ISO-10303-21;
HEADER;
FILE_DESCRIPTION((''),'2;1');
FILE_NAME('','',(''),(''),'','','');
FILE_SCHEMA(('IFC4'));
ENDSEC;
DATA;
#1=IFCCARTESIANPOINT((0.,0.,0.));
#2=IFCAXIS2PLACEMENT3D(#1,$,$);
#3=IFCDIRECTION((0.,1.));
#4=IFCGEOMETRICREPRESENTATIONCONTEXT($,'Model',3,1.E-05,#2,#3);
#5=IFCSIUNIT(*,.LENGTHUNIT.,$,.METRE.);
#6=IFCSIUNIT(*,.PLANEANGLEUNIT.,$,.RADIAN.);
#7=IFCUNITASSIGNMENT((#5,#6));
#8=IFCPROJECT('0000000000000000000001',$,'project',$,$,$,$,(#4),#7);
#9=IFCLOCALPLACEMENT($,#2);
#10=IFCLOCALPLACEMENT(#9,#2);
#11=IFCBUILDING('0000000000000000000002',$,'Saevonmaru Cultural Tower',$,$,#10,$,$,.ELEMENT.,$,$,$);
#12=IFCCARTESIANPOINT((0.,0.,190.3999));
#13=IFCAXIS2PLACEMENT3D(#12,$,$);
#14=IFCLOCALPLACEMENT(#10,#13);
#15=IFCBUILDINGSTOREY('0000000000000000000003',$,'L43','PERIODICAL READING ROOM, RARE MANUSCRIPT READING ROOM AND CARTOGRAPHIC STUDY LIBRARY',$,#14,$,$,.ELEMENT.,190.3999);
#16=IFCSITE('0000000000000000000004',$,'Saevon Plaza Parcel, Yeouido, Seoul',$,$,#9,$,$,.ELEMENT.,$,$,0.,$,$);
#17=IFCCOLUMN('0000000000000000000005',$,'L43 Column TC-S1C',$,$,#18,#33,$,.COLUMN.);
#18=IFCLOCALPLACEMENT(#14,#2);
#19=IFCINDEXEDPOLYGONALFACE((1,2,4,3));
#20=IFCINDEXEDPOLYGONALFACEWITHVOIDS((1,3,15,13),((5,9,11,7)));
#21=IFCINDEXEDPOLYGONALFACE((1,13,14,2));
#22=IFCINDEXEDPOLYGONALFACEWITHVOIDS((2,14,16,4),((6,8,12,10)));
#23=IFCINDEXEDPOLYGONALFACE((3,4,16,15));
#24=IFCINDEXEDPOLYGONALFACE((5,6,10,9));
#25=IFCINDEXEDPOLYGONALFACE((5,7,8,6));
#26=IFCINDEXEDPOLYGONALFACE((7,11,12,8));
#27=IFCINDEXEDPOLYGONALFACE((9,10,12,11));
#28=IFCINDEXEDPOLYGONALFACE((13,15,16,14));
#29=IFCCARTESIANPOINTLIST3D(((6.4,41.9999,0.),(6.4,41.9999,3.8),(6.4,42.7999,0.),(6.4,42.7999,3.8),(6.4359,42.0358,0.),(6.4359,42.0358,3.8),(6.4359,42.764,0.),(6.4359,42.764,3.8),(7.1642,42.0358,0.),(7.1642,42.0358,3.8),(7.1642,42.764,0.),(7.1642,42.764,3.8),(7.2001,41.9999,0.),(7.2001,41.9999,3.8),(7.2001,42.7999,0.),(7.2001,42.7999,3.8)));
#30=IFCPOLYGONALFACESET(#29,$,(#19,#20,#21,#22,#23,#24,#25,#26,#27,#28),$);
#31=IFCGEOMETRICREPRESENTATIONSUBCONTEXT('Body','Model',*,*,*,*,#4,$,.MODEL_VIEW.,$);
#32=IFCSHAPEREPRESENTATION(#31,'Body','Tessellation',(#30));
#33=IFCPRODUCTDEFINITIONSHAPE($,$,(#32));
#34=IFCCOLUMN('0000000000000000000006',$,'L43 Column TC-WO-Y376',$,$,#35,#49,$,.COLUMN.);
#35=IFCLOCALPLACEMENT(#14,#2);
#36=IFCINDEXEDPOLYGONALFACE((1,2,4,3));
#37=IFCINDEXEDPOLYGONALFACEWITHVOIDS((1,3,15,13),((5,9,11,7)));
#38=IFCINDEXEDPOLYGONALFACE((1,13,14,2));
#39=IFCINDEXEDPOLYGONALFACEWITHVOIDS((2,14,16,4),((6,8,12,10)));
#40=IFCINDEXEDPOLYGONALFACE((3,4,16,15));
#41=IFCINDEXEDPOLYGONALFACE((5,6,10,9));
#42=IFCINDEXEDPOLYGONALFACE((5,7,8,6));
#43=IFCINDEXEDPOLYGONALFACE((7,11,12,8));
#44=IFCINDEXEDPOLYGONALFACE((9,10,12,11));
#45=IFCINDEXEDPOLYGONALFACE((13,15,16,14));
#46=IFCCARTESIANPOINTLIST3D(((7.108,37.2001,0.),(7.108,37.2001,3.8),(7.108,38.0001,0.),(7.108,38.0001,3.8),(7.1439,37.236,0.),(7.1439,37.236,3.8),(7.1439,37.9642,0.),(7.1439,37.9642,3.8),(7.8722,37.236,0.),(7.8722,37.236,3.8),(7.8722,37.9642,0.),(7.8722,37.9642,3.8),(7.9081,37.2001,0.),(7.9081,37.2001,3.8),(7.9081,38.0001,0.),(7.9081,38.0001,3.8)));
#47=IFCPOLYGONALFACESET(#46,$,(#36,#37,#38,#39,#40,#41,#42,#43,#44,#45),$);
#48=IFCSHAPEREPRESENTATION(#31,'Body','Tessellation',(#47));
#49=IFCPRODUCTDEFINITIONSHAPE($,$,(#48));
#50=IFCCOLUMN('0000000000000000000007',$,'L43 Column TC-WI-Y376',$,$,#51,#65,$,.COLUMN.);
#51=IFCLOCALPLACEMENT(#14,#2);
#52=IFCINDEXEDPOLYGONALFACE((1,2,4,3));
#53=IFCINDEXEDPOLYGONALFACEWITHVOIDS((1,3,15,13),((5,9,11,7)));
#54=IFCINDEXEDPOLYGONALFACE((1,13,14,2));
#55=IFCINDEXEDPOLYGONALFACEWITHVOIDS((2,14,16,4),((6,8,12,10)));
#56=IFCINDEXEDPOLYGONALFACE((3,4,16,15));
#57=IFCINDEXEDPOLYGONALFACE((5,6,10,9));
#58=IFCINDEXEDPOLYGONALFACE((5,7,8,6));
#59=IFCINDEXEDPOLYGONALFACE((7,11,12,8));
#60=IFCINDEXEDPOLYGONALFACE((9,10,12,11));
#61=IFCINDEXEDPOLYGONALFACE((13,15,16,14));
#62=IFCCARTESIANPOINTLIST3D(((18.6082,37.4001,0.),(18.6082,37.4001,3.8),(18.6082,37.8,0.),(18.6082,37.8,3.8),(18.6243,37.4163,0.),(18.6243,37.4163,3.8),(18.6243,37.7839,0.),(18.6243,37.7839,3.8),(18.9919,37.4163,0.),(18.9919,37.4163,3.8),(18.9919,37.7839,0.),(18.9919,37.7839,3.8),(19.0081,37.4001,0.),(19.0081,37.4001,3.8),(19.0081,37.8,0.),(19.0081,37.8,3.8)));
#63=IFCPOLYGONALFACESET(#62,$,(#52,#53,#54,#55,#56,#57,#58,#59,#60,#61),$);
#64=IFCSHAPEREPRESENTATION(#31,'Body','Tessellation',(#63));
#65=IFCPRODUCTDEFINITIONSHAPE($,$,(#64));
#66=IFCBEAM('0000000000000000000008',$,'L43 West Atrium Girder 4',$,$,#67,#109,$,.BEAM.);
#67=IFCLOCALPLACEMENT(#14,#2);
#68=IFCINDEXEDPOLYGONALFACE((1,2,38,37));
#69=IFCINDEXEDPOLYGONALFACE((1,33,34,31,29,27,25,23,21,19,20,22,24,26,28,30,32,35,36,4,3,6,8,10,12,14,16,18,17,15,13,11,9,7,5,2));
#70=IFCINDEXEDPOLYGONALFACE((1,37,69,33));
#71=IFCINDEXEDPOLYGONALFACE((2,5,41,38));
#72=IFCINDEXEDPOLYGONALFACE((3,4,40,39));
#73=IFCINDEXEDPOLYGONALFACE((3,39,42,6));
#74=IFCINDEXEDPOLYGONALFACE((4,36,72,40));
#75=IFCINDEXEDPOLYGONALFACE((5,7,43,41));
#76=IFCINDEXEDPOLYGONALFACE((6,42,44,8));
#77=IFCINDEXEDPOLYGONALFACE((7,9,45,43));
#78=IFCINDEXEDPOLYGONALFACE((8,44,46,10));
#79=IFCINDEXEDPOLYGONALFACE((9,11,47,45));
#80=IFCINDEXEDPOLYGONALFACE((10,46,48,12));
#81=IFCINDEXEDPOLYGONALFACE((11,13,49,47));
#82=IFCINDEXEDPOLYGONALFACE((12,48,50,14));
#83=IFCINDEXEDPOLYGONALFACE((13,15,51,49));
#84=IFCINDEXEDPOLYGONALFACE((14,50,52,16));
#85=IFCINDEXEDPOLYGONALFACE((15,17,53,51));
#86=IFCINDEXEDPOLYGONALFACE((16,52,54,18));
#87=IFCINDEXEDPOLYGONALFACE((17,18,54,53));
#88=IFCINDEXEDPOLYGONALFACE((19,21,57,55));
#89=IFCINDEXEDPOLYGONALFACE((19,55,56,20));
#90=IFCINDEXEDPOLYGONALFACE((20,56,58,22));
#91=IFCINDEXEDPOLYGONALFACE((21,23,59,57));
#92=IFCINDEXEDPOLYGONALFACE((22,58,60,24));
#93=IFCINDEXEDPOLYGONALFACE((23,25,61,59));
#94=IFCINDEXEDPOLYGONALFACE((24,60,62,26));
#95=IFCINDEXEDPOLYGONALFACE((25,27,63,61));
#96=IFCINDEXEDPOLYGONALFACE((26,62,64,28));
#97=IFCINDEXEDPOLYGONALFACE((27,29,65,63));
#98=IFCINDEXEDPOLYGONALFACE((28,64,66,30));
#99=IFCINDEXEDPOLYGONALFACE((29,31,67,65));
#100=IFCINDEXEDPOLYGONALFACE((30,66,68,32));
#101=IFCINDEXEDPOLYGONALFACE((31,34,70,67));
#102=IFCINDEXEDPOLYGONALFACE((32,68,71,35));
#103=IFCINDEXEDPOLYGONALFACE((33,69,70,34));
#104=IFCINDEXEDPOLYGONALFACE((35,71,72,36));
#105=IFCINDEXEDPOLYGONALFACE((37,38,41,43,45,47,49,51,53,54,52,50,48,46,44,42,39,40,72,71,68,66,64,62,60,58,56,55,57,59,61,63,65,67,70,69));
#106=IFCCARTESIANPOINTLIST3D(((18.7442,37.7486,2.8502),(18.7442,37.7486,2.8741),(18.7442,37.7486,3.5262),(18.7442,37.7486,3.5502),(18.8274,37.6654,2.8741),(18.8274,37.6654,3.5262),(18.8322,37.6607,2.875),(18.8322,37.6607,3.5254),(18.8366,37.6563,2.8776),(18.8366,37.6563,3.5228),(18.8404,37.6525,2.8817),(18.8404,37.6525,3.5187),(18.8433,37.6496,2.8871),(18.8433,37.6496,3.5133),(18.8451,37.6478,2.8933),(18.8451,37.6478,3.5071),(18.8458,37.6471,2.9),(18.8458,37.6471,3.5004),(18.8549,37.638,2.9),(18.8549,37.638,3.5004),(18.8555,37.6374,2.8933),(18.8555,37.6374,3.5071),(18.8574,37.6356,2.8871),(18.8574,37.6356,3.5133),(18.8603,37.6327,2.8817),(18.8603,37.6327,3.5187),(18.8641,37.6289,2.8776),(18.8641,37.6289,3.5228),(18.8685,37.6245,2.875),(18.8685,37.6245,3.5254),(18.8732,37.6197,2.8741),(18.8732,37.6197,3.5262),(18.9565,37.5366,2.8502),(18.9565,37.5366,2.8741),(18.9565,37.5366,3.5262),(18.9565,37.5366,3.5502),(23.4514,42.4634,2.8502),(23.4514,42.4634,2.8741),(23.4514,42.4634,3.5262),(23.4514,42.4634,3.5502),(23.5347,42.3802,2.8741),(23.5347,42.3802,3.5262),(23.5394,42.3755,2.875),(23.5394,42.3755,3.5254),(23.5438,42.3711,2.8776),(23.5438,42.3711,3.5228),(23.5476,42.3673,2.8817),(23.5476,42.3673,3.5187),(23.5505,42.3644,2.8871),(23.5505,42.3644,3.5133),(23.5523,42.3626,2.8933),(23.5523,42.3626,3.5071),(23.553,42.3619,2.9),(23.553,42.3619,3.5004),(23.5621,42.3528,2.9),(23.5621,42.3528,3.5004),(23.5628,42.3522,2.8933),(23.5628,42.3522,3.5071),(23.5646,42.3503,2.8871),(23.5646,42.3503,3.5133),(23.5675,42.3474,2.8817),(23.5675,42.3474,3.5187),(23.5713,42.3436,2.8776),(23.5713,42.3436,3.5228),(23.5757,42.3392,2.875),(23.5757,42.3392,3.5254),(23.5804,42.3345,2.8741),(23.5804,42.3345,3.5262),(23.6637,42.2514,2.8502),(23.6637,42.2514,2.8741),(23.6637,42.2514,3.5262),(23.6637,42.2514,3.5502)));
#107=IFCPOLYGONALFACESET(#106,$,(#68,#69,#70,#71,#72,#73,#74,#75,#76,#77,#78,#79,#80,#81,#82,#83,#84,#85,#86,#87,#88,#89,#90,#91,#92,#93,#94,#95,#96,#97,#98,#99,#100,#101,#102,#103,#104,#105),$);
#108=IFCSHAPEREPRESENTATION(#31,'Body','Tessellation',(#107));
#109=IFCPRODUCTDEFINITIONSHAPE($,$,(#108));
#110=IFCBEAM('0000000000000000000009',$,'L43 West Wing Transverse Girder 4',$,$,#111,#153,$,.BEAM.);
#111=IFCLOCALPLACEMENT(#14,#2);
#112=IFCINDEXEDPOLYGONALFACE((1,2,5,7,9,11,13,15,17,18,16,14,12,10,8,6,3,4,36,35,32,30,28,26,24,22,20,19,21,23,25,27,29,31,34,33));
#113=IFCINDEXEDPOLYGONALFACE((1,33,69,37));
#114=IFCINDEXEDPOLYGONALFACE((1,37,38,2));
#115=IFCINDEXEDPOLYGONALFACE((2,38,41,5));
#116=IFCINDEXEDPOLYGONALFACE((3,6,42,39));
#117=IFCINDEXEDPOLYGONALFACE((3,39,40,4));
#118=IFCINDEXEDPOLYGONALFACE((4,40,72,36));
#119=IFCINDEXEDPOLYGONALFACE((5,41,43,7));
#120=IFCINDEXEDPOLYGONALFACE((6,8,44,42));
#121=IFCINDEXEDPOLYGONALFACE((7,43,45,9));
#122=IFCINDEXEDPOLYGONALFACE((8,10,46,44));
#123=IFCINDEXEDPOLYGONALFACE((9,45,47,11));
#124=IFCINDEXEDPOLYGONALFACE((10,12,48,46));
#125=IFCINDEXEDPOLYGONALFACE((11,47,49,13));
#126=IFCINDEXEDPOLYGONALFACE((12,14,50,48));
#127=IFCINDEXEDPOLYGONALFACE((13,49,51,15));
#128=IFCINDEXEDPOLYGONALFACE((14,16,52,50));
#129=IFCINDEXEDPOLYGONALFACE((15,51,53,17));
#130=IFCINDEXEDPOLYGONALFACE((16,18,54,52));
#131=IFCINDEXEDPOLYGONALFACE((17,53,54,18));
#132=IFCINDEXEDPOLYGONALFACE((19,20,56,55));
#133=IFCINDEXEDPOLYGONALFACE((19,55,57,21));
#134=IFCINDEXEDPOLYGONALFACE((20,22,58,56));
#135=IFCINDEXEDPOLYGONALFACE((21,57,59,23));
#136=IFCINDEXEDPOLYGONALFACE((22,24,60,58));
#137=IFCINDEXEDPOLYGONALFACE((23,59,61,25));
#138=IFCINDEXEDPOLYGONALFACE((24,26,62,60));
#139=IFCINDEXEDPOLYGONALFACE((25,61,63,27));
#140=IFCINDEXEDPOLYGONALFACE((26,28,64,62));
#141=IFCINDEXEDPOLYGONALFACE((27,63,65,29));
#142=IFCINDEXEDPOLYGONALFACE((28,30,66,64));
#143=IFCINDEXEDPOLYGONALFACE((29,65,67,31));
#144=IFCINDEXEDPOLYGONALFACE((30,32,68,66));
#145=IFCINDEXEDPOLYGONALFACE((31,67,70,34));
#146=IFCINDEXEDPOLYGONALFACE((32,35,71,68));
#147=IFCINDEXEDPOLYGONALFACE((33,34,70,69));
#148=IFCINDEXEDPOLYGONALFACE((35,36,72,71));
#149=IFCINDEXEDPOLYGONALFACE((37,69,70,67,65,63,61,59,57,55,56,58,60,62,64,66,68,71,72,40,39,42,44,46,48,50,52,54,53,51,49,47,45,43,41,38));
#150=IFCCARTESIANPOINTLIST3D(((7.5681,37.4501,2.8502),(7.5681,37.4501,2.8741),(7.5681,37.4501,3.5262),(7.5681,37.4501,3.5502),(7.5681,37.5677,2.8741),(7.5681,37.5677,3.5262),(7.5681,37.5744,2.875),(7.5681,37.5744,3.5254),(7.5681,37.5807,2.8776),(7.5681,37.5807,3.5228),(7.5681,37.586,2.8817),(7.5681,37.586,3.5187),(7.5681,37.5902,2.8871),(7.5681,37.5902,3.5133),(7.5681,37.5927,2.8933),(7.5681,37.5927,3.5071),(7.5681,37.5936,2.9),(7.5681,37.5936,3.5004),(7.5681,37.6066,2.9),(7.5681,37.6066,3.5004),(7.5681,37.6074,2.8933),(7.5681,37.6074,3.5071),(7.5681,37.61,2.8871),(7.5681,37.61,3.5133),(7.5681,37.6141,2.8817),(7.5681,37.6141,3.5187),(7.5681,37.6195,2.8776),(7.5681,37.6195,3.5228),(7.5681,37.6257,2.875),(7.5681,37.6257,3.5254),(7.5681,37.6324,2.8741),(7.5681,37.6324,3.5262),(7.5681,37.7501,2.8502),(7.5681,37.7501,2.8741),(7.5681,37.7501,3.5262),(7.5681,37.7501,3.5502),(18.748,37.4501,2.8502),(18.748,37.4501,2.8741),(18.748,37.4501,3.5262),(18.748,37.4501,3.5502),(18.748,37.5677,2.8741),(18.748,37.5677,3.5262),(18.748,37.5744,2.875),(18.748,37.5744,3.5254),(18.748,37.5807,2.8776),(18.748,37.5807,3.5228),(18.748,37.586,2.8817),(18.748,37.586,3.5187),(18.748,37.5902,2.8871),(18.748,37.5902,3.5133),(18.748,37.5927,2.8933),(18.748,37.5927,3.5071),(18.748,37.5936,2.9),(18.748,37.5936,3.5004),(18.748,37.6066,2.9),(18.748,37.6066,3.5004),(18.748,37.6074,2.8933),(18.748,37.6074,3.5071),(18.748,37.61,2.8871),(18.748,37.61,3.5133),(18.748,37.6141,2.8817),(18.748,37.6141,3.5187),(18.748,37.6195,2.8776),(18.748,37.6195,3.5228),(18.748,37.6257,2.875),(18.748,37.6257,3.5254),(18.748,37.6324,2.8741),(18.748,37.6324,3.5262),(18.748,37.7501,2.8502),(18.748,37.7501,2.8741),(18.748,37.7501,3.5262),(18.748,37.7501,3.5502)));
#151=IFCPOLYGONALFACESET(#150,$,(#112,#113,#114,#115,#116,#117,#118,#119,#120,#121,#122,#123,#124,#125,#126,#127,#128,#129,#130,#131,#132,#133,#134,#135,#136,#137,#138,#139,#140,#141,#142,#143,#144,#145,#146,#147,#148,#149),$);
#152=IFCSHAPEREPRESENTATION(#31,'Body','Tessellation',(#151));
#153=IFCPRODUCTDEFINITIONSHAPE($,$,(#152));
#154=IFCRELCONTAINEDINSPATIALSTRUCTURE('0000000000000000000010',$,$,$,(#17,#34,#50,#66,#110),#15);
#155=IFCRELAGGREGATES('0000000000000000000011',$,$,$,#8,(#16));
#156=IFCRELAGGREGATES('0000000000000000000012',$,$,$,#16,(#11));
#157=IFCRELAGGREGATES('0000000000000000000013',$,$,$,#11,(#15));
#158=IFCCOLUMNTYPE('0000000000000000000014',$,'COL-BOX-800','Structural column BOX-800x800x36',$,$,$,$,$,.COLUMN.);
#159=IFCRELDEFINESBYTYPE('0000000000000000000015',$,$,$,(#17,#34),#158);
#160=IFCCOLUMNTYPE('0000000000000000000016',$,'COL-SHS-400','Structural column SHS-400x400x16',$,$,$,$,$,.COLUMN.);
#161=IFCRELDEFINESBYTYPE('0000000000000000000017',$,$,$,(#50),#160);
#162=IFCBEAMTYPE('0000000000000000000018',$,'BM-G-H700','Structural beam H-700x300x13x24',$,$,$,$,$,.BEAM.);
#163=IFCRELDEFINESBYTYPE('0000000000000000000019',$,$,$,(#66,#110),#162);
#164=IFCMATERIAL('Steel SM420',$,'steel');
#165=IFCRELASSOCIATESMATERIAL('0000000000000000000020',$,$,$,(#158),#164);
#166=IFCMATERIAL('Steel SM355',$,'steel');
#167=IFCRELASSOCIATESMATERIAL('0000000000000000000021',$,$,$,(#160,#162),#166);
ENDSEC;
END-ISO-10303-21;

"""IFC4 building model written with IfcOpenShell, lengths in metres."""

from ifc_helpers import new_model, si_unit, direction, frame, origin, origin_2d, place, context, subcontext, project, spatial, hollow_rectangle, i_section, extrude, material, material_profile, profile_set, type_object, element, save


model = new_model("IFC4")

# Units and contexts
model_context = context("Model", 3, precision=1e-05, world=origin(), true_north=direction((0.0, 1.0)))
body_context = subcontext(model_context, "Body", "Model", "MODEL_VIEW")
ifc_project = project(units=[si_unit("LENGTHUNIT", "METRE"), si_unit("PLANEANGLEUNIT", "RADIAN")], contexts=[model_context])

# Site, building, storey
site_placement = place(None, origin())
site = spatial("IfcSite", under=ifc_project, at=site_placement, Name="Saevon Plaza Parcel, Yeouido, Seoul", CompositionType="ELEMENT", RefElevation=0.0)
building_placement = place(site_placement, origin())
building = spatial("IfcBuilding", under=site, at=building_placement, Name="Saevonmaru Cultural Tower", CompositionType="ELEMENT")
storey_placement = place(building_placement, frame((0.0, 0.0, 190.3999)))
storey = spatial("IfcBuildingStorey", under=building, at=storey_placement, Name="L43", Description="PERIODICAL READING ROOM, RARE MANUSCRIPT READING ROOM AND CARTOGRAPHIC STUDY LIBRARY", CompositionType="ELEMENT", Elevation=190.3999)

# Columns
ifc_material_1 = material(Name="Steel SM420", Category="steel")
ifc_material_profile_1 = material_profile(ifc_material_1, hollow_rectangle(XDim=0.8, YDim=0.8, WallThickness=0.0359, at=origin_2d()), Name="BOX-800x800x36")
ifc_profile_set_1 = profile_set([ifc_material_profile_1], Name="Steel SM420")
column_type_1 = type_object("IfcColumnType", Name="COL-BOX-800", Description="Structural column BOX-800x800x36", PredefinedType="COLUMN", material=ifc_profile_set_1)
for number, where, z_axis, x_axis, name in (
    (1, (6.8, 42.3999, 0.0), (0.0, 0.0, 1.0), (1.0, 0.0, 0.0), "L43 Column TC-S1C"),
    (2, (7.5081, 37.6001, 0.0), (0.0, 0.0, 1.0), (1.0, 0.0, 0.0), "L43 Column TC-WO-Y376"),
):
    element("IfcColumn", number, at=place(storey_placement, frame(where, z_axis=z_axis, x_axis=x_axis)), inside=storey, type_object=column_type_1, Name=name, PredefinedType="COLUMN", context=body_context, shape_type="SweptSolid", body=[
        extrude(hollow_rectangle(XDim=0.8, YDim=0.8, WallThickness=0.0359, at=origin_2d()), origin(), (0.0, 0.0, 1.0), 3.8),
    ])
ifc_material_2 = material(Name="Steel SM355", Category="steel")
ifc_material_profile_2 = material_profile(ifc_material_2, hollow_rectangle(XDim=0.3999, YDim=0.3999, WallThickness=0.0161, at=origin_2d()), Name="SHS-400x400x16")
ifc_profile_set_2 = profile_set([ifc_material_profile_2], Name="Steel SM355")
column_type_2 = type_object("IfcColumnType", Name="COL-SHS-400", Description="Structural column SHS-400x400x16", PredefinedType="COLUMN", material=ifc_profile_set_2)
column_placement = place(storey_placement, frame((18.8081, 37.6001, 0.0), z_axis=(0.0, 0.0, 1.0), x_axis=(1.0, 0.0, 0.0)))
element("IfcColumn", 3, at=column_placement, inside=storey, type_object=column_type_2, Name="L43 Column TC-WI-Y376", PredefinedType="COLUMN", context=body_context, shape_type="SweptSolid", body=[
    extrude(hollow_rectangle(XDim=0.3999, YDim=0.3999, WallThickness=0.0161, at=origin_2d()), origin(), (0.0, 0.0, 1.0), 3.8),
])

# Beams
ifc_material_profile_3 = material_profile(ifc_material_2, i_section(OverallWidth=0.3, OverallDepth=0.7, WebThickness=0.0129, FlangeThickness=0.0239, FilletRadius=0.0259, at=origin_2d()), Name="H-700x300x13x24")
ifc_profile_set_3 = profile_set([ifc_material_profile_3], Name="Steel SM355")
beam_type_1 = type_object("IfcBeamType", Name="BM-G-H700", Description="Structural beam H-700x300x13x24", PredefinedType="BEAM", material=ifc_profile_set_3)
beam_1_placement = place(storey_placement, frame((18.8503, 37.6426, 3.2002), z_axis=(0.706539, 0.707675, 0.0), x_axis=(-0.707675, 0.706539, 0.0)))
element("IfcBeam", 4, at=beam_1_placement, inside=storey, type_object=beam_type_1, Name="L43 West Atrium Girder 4", PredefinedType="BEAM", context=body_context, shape_type="SweptSolid", body=[
    extrude(i_section(OverallWidth=0.3, OverallDepth=0.7, WebThickness=0.0129, FlangeThickness=0.0239, FilletRadius=0.0259, at=origin_2d()), origin(), (0.0, 0.0, 1.0), 6.6624),
])
beam_2_placement = place(storey_placement, frame((7.5681, 37.6001, 3.2002), z_axis=(1.0, 0.0, 0.0), x_axis=(0.0, 1.0, 0.0)))
element("IfcBeam", 5, at=beam_2_placement, inside=storey, type_object=beam_type_1, Name="L43 West Wing Transverse Girder 4", PredefinedType="BEAM", context=body_context, shape_type="SweptSolid", body=[
    extrude(i_section(OverallWidth=0.3, OverallDepth=0.7, WebThickness=0.0129, FlangeThickness=0.0239, FilletRadius=0.0259, at=origin_2d()), origin(), (0.0, 0.0, 1.0), 11.1799),
])

save(model, "model.ifc")
